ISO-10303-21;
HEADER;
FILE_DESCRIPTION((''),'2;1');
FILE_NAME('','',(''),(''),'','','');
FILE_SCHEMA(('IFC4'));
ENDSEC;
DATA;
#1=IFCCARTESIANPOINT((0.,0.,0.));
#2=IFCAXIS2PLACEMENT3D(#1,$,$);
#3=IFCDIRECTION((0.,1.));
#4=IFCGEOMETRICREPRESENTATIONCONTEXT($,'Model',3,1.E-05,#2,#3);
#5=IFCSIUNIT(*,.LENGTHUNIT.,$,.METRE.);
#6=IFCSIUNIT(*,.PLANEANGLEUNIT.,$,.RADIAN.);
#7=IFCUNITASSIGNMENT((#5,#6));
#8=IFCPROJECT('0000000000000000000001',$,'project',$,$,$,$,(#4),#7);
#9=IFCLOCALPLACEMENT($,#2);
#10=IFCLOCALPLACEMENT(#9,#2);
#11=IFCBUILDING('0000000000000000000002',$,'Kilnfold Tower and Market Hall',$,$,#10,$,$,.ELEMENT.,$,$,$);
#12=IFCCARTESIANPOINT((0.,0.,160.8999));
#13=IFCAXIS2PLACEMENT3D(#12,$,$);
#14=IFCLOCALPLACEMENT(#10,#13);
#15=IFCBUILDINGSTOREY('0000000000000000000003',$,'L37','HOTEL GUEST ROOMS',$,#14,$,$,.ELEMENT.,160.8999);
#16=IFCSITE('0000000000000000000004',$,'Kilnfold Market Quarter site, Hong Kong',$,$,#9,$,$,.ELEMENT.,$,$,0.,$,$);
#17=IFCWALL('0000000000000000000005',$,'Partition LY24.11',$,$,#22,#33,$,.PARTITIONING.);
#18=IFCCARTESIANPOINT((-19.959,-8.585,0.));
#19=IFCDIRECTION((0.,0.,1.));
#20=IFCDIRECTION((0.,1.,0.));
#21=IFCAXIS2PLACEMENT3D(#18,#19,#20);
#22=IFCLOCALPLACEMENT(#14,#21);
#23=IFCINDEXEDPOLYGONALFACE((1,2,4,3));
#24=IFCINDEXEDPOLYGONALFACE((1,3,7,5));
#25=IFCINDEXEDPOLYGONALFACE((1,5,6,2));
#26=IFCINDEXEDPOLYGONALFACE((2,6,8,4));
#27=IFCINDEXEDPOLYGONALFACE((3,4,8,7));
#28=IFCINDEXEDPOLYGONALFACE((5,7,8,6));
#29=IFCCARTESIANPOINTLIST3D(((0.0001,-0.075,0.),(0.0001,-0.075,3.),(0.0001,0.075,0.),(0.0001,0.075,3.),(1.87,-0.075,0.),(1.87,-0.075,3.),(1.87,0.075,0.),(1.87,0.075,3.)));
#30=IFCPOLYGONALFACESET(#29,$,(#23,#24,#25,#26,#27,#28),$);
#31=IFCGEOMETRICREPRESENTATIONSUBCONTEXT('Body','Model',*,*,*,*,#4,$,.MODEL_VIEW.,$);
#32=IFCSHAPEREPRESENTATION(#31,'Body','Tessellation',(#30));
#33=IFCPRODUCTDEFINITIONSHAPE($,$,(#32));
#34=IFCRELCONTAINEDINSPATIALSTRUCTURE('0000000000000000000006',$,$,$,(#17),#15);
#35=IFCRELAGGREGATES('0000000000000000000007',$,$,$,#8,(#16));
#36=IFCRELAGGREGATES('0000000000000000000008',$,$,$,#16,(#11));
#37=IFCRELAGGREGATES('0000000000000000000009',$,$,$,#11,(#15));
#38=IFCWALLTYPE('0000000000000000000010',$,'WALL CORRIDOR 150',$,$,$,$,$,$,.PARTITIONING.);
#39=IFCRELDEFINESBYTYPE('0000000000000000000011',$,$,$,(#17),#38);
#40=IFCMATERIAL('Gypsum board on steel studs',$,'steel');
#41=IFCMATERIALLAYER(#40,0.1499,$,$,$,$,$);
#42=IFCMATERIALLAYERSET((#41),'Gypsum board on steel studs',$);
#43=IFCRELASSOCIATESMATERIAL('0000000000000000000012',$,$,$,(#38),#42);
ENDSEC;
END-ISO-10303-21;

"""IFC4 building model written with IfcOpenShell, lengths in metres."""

from ifc_helpers import new_model, si_unit, direction, frame, frame_2d, origin, place, context, subcontext, project, spatial, rectangle, extrude, material, layer, layer_set, type_object, element, save


model = new_model("IFC4")

# Units and contexts
model_context = context("Model", 3, precision=1e-05, world=origin(), true_north=direction((0.0, 1.0)))
body_context = subcontext(model_context, "Body", "Model", "MODEL_VIEW")
ifc_project = project(units=[si_unit("LENGTHUNIT", "METRE"), si_unit("PLANEANGLEUNIT", "RADIAN")], contexts=[model_context])

# Site, building, storey
site_placement = place(None, origin())
site = spatial("IfcSite", under=ifc_project, at=site_placement, Name="Kilnfold Market Quarter site, Hong Kong", CompositionType="ELEMENT", RefElevation=0.0)
building_placement = place(site_placement, origin())
building = spatial("IfcBuilding", under=site, at=building_placement, Name="Kilnfold Tower and Market Hall", CompositionType="ELEMENT")
storey_placement = place(building_placement, frame((0.0, 0.0, 160.8999)))
storey = spatial("IfcBuildingStorey", under=building, at=storey_placement, Name="L37", Description="HOTEL GUEST ROOMS", CompositionType="ELEMENT", Elevation=160.8999)

# Shared definitions
ifc_material_1 = material(Name="Gypsum board on steel studs", Category="steel")
ifc_layer_1 = layer(ifc_material_1, 0.1499)
ifc_layer_set_1 = layer_set([ifc_layer_1], Name="Gypsum board on steel studs")
wall_type_1 = type_object("IfcWallType", Name="WALL CORRIDOR 150", PredefinedType="PARTITIONING", material=ifc_layer_set_1)

# Wall
wall_1_placement = place(storey_placement, frame((-19.959, -8.585, 0.0), z_axis=(0.0, 0.0, 1.0), x_axis=(0.0, 1.0, 0.0)))
element("IfcWall", 1, at=wall_1_placement, inside=storey, type_object=wall_type_1, Name="Partition LY24.11", PredefinedType="PARTITIONING", context=body_context, shape_type="SweptSolid", body=[
    extrude(rectangle(XDim=1.8699, YDim=0.1499, at=frame_2d((0.9351, 0.0))), origin(), (0.0, 0.0, 1.0), 3.0),
])

save(model, "model.ifc")
